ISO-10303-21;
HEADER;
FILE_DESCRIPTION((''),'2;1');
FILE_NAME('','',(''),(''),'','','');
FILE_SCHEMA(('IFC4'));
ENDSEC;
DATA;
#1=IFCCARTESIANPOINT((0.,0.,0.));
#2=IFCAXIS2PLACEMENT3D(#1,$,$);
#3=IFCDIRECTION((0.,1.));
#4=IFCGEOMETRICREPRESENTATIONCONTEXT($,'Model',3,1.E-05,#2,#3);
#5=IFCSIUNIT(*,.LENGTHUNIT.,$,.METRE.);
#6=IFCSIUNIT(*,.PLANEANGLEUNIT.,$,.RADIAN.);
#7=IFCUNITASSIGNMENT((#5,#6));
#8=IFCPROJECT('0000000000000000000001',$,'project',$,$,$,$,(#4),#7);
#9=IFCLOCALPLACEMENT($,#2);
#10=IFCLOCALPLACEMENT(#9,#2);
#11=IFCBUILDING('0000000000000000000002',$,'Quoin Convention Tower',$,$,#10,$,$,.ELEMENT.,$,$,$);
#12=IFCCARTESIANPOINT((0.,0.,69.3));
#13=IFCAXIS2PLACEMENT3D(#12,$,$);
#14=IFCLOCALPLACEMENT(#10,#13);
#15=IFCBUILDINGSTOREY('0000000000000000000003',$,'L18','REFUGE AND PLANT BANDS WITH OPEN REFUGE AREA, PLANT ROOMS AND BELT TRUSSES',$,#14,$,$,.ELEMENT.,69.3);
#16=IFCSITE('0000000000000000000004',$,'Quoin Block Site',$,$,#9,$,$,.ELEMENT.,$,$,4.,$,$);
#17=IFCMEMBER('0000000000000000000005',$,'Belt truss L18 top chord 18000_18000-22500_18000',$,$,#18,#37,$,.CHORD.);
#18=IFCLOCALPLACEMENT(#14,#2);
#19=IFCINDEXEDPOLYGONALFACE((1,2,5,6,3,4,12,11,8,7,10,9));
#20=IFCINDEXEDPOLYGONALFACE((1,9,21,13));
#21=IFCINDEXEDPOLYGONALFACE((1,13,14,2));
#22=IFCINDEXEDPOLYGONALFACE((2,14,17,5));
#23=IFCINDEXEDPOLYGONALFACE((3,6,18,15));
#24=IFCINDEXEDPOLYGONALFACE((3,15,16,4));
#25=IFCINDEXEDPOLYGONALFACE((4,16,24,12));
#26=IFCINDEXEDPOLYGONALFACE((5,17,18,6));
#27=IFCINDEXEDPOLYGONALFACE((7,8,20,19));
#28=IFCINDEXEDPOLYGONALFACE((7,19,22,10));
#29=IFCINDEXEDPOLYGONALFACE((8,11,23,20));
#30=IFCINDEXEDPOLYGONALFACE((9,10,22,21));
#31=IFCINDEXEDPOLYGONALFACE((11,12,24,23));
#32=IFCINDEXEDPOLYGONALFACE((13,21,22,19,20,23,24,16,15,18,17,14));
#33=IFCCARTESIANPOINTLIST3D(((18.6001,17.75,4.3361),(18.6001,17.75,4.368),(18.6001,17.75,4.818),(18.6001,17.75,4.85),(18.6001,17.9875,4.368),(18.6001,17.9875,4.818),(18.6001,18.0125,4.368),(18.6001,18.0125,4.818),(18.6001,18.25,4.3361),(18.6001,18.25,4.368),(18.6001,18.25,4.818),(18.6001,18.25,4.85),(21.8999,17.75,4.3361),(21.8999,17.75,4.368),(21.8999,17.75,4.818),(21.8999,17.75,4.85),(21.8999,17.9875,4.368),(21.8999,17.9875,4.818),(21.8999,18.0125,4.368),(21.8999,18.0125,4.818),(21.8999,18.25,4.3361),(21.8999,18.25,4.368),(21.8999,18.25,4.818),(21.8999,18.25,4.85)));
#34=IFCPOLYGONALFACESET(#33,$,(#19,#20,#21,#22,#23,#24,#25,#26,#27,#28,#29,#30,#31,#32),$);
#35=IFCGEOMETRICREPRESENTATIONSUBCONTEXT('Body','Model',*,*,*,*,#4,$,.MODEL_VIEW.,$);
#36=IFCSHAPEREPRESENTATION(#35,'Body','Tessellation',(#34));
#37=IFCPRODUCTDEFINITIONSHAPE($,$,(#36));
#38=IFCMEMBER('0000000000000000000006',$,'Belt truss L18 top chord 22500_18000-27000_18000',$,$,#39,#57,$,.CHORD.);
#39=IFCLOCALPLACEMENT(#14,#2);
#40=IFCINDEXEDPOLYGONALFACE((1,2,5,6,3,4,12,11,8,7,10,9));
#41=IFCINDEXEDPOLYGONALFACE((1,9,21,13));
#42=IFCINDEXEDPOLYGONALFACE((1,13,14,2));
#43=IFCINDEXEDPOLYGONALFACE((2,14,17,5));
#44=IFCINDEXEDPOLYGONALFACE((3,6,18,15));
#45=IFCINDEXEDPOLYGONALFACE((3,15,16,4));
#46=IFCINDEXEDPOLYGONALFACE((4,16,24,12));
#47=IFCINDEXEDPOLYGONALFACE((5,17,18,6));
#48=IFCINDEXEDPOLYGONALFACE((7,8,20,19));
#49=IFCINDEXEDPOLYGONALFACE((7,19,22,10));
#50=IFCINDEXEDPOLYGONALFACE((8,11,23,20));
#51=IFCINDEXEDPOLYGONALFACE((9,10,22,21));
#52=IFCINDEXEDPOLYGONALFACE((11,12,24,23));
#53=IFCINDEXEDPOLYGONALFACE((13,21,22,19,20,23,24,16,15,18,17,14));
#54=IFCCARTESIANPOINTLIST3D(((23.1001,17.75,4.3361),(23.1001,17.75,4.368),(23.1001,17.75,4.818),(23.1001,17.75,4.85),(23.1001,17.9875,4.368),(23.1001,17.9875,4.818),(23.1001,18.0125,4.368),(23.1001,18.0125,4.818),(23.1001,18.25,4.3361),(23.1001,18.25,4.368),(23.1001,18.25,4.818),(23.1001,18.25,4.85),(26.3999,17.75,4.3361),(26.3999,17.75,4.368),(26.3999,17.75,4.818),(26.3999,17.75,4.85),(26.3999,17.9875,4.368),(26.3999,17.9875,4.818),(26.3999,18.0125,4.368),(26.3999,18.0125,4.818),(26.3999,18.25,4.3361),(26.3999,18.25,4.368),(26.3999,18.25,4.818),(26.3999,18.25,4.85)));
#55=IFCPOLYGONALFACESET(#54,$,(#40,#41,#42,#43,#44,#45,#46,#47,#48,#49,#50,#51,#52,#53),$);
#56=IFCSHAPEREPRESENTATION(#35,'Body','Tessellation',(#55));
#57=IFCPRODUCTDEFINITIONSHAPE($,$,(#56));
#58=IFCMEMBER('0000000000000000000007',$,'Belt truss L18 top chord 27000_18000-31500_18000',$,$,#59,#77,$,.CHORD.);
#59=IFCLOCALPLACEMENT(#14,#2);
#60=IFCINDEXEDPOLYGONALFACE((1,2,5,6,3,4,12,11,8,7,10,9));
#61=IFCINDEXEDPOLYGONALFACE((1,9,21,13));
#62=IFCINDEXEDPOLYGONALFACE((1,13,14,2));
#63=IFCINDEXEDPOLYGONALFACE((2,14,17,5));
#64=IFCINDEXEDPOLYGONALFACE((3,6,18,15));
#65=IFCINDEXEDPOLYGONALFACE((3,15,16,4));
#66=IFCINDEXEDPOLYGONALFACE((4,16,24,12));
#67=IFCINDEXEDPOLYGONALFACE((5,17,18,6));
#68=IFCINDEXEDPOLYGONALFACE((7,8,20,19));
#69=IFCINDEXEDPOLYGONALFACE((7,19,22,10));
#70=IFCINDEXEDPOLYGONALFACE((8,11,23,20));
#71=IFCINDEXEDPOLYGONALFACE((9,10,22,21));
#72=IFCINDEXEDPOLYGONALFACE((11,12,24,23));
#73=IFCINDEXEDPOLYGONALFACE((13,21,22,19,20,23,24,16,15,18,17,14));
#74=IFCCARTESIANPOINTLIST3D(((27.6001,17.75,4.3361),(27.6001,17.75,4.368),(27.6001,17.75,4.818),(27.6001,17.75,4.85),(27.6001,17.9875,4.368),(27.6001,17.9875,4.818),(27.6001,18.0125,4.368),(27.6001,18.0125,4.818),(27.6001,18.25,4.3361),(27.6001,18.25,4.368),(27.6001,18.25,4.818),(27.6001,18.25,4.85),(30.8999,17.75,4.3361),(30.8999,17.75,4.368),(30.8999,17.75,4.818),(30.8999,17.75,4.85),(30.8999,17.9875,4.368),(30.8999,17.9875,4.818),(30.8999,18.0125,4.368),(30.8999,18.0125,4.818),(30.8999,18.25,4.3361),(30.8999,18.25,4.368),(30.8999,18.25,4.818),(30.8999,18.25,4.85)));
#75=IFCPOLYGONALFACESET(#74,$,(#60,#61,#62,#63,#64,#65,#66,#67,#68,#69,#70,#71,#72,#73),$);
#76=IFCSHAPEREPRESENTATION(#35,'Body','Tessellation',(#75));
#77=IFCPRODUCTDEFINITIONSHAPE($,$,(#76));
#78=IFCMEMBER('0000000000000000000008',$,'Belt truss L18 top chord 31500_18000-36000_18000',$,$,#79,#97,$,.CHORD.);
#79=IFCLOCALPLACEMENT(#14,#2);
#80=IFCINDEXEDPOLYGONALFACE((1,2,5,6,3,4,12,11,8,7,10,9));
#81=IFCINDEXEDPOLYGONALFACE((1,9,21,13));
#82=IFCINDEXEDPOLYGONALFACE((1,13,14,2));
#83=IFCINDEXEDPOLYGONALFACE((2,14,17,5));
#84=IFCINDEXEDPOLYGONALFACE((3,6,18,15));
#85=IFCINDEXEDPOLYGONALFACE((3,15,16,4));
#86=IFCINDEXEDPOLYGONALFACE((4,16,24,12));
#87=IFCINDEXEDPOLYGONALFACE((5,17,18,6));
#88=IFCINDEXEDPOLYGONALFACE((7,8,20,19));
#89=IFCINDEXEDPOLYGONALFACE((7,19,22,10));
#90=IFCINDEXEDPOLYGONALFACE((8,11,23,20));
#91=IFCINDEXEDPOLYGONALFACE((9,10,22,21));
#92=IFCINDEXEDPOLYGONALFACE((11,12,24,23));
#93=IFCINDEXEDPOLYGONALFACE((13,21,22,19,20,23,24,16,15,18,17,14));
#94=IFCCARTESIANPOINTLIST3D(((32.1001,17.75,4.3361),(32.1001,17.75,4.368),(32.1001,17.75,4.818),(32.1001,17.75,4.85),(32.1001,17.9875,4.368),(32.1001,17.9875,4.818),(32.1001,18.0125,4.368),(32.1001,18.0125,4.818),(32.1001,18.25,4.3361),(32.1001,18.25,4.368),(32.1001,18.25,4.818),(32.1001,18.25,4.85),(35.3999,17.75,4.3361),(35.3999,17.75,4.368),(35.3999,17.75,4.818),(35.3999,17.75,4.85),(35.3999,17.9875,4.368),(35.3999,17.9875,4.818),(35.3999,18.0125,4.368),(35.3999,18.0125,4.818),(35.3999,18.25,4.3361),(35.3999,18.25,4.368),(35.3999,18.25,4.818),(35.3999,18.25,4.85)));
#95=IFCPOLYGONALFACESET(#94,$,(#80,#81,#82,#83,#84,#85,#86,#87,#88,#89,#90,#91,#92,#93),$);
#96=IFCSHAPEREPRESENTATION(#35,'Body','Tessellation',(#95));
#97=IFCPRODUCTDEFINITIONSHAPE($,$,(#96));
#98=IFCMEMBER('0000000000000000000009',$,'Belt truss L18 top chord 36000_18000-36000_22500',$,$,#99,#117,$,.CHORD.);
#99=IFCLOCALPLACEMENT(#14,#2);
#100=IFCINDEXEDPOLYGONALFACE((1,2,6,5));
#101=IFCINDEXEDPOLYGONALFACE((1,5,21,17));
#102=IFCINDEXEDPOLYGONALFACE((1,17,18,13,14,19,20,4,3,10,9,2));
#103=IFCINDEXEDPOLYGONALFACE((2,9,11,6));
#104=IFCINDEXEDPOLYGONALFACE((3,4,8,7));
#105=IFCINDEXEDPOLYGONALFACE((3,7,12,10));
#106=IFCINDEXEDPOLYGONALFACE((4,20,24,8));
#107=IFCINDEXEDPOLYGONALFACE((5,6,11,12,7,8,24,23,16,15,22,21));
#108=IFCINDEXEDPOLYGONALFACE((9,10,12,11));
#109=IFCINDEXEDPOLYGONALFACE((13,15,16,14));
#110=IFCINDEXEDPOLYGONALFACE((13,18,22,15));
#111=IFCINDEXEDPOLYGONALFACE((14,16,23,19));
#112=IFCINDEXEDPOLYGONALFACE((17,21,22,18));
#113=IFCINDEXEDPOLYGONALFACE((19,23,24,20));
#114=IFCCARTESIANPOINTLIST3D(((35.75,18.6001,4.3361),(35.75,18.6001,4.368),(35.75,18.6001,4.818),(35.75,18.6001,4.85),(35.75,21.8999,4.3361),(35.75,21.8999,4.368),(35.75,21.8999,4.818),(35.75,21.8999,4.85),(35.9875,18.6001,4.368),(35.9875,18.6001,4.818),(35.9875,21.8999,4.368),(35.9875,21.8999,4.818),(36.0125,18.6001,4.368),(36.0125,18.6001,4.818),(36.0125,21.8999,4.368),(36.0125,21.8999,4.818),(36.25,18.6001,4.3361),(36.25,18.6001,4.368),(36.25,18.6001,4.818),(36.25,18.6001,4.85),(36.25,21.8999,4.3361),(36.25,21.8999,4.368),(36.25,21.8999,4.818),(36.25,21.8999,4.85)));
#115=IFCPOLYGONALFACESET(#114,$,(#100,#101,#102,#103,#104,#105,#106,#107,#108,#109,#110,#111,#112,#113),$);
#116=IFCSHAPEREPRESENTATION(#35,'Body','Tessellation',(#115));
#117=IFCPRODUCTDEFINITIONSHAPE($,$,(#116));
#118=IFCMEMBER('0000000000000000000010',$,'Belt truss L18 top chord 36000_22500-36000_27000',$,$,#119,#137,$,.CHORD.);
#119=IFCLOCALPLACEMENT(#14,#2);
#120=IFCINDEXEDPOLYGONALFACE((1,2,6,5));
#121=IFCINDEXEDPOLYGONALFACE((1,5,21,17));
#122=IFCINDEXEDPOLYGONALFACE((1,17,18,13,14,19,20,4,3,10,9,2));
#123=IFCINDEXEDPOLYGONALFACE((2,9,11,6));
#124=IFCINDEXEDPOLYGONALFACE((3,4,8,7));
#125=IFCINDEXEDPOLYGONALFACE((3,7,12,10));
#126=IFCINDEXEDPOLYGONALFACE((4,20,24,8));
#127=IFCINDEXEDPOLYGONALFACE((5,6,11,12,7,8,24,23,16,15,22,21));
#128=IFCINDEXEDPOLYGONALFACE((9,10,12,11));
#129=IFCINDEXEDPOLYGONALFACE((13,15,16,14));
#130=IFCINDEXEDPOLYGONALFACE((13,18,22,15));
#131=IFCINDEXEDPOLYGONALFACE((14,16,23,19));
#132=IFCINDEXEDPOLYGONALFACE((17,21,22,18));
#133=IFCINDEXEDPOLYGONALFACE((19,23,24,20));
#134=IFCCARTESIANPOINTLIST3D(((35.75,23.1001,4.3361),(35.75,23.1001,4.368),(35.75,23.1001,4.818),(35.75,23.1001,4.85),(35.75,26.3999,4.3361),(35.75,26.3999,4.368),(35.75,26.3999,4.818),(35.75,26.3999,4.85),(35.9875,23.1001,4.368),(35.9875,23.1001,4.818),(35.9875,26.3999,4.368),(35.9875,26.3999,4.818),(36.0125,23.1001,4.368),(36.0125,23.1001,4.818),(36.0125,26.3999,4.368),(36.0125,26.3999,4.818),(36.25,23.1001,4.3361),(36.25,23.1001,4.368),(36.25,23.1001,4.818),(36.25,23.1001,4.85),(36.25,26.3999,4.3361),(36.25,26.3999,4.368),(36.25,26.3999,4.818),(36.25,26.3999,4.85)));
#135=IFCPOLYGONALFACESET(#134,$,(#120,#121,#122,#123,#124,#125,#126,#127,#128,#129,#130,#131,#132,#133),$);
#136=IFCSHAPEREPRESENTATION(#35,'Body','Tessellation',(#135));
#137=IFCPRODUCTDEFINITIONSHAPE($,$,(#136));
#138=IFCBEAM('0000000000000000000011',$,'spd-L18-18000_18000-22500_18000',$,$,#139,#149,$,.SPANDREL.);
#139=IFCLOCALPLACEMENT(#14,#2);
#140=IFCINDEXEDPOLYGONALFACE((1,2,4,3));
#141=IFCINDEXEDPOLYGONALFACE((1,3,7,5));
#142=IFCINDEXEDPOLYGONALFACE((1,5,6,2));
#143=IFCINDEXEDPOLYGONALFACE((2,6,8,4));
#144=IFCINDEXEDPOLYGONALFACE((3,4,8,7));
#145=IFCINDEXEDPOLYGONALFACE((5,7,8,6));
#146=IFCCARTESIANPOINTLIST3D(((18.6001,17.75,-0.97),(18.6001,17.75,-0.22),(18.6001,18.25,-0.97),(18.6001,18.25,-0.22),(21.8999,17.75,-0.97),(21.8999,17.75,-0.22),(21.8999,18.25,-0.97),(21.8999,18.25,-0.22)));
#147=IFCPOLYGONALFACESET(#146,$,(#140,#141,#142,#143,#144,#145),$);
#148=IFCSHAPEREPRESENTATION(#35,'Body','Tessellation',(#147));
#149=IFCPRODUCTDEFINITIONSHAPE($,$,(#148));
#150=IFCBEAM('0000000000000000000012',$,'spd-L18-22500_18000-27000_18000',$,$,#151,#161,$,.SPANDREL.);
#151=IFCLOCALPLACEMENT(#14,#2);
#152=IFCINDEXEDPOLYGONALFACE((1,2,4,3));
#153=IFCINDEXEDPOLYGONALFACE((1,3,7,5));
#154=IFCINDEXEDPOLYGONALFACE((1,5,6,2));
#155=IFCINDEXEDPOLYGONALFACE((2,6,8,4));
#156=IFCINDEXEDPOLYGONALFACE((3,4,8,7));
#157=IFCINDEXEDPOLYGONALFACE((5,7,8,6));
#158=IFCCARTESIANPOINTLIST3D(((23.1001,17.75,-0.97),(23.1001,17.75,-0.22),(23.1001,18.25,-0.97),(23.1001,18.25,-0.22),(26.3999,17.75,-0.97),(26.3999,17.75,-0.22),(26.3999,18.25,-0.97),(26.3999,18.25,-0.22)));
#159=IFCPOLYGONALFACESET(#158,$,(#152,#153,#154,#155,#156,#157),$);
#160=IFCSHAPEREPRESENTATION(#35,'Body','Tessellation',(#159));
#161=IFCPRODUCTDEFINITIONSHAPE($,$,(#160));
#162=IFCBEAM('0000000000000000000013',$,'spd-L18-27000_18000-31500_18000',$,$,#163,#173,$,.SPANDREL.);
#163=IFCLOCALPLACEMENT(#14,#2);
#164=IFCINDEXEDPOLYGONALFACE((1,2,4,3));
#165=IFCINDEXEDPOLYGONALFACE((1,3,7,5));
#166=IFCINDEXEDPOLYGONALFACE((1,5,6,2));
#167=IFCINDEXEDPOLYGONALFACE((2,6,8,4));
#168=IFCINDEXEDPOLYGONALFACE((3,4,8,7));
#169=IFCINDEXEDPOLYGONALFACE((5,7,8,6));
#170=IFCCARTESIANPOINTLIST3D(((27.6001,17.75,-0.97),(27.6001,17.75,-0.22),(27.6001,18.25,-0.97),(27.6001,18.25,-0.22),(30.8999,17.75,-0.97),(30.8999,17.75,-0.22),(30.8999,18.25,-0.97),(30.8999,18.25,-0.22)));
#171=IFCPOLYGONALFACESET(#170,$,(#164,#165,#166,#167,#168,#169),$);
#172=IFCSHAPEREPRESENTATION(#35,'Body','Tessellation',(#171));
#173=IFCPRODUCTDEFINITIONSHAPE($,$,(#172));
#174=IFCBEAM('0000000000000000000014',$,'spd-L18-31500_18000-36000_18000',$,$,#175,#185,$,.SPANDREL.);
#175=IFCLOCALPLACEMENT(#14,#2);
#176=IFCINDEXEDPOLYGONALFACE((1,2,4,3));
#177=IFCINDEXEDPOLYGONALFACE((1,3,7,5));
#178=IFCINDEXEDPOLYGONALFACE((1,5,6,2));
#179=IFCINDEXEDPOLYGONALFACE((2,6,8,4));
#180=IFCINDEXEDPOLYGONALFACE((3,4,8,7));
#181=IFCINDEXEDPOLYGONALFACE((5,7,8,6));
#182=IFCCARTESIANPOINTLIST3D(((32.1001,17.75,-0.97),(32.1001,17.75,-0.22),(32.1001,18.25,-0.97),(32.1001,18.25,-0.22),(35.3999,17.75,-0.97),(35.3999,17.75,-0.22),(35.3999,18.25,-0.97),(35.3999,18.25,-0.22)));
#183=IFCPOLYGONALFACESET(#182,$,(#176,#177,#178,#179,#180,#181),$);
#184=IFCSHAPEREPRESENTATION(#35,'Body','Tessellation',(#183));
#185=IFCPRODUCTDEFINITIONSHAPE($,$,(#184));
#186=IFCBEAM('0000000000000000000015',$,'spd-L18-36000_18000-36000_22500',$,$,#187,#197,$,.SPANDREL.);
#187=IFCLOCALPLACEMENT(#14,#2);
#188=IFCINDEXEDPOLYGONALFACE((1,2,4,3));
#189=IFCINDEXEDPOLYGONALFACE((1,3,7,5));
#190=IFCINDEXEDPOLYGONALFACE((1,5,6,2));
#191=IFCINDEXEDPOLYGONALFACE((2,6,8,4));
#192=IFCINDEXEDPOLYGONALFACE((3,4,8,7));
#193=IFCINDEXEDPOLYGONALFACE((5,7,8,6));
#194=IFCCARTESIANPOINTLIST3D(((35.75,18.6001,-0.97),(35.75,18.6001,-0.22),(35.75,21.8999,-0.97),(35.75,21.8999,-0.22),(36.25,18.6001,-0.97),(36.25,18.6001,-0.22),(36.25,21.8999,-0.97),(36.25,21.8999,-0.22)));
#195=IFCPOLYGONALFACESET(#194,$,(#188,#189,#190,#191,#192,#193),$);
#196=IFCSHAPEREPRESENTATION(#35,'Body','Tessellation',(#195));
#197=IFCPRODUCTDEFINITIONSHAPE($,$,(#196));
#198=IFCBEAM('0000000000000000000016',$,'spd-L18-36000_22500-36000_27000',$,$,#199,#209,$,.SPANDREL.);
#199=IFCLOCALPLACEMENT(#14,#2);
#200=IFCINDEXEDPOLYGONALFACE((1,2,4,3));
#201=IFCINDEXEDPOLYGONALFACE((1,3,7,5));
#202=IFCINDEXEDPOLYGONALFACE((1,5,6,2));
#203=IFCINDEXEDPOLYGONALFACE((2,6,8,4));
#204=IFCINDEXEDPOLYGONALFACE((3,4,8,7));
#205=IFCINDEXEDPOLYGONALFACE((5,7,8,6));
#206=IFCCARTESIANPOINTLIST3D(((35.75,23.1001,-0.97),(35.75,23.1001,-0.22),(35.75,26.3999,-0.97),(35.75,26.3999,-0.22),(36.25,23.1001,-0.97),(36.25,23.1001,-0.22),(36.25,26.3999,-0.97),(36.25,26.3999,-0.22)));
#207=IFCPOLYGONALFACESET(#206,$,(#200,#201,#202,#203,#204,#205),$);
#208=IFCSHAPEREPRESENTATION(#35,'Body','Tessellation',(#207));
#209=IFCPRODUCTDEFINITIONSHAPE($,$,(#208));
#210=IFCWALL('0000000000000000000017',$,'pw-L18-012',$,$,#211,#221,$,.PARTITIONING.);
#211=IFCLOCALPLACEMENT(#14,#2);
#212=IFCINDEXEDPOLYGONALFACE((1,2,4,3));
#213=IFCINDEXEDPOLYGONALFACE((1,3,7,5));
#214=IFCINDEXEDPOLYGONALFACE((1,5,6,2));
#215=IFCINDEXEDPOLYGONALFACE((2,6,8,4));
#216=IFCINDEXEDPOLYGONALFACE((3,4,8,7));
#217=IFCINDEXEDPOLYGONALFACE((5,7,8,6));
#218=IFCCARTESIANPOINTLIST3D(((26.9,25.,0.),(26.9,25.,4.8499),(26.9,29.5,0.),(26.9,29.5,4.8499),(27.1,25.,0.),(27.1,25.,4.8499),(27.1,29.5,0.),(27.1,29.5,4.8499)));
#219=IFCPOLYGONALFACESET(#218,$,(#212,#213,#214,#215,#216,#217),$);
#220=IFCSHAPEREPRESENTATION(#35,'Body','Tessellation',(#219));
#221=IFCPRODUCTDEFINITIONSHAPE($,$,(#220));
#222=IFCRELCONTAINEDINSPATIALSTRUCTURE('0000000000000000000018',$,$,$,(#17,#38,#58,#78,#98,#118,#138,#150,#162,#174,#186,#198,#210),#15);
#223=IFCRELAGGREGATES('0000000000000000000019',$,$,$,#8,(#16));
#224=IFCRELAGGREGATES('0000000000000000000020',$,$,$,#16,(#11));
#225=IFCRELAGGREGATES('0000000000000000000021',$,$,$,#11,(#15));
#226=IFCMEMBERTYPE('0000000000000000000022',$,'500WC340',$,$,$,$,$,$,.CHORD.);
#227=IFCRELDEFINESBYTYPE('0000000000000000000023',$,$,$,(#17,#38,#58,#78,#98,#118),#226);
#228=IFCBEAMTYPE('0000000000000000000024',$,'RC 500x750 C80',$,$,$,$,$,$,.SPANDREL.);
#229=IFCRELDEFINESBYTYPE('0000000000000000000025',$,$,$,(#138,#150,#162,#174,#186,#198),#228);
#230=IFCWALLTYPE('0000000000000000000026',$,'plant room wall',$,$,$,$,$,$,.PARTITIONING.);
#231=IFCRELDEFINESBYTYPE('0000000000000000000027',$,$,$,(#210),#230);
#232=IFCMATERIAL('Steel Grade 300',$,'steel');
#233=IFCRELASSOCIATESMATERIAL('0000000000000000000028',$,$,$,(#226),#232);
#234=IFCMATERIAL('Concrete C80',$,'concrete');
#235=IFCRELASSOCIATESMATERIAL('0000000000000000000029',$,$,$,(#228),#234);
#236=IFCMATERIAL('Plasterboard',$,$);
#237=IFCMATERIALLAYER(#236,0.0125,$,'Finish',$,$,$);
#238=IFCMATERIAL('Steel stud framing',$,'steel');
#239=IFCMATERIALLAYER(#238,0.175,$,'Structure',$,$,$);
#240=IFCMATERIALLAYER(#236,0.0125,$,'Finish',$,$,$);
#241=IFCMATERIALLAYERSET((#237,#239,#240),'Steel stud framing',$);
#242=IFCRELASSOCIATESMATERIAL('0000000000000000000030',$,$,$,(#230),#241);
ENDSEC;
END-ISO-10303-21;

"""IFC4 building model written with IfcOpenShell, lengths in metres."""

from ifc_helpers import new_model, si_unit, direction, frame, frame_2d, origin, origin_2d, place, context, subcontext, project, spatial, rectangle, i_section, extrude, material, layer, layer_set, material_profile, profile_set, type_object, element, save


model = new_model("IFC4")

# Units and contexts
model_context = context("Model", 3, precision=1e-05, world=origin(), true_north=direction((0.0, 1.0)))
body_context = subcontext(model_context, "Body", "Model", "MODEL_VIEW")
ifc_project = project(units=[si_unit("LENGTHUNIT", "METRE"), si_unit("PLANEANGLEUNIT", "RADIAN")], contexts=[model_context])

# Site, building, storey
site_placement = place(None, origin())
site = spatial("IfcSite", under=ifc_project, at=site_placement, Name="Quoin Block Site", CompositionType="ELEMENT", RefElevation=4.0)
building_placement = place(site_placement, origin())
building = spatial("IfcBuilding", under=site, at=building_placement, Name="Quoin Convention Tower", CompositionType="ELEMENT")
storey_placement = place(building_placement, frame((0.0, 0.0, 69.3)))
storey = spatial("IfcBuildingStorey", under=building, at=storey_placement, Name="L18", Description="REFUGE AND PLANT BANDS WITH OPEN REFUGE AREA, PLANT ROOMS AND BELT TRUSSES", CompositionType="ELEMENT", Elevation=69.3)

# Shared definitions
ifc_material_1 = material(Name="Concrete C80", Category="concrete")

# Members
ifc_material_2 = material(Name="Steel Grade 300", Category="steel")
ifc_material_profile_1 = material_profile(ifc_material_2, i_section(OverallWidth=0.5, OverallDepth=0.5139, WebThickness=0.0249, FlangeThickness=0.032, at=origin_2d()), Name="500WC340")
ifc_profile_set_1 = profile_set([ifc_material_profile_1], Name="Steel Grade 300")
member_type_1 = type_object("IfcMemberType", Name="500WC340", PredefinedType="CHORD", material=ifc_profile_set_1)
for number, where, z_axis, x_axis, name in (
    (1, (18.6001, 18.0, 4.593), (1.0, 0.0, 0.0), (0.0, 1.0, 0.0), "Belt truss L18 top chord 18000_18000-22500_18000"),
    (2, (23.1001, 18.0, 4.593), (1.0, 0.0, 0.0), (0.0, 1.0, 0.0), "Belt truss L18 top chord 22500_18000-27000_18000"),
    (3, (27.6001, 18.0, 4.593), (1.0, 0.0, 0.0), (0.0, 1.0, 0.0), "Belt truss L18 top chord 27000_18000-31500_18000"),
    (4, (32.1001, 18.0, 4.593), (1.0, 0.0, 0.0), (0.0, 1.0, 0.0), "Belt truss L18 top chord 31500_18000-36000_18000"),
    (5, (36.0, 18.6001, 4.593), (0.0, 1.0, 0.0), (-1.0, 0.0, 0.0), "Belt truss L18 top chord 36000_18000-36000_22500"),
    (6, (36.0, 23.1001, 4.593), (0.0, 1.0, 0.0), (-1.0, 0.0, 0.0), "Belt truss L18 top chord 36000_22500-36000_27000"),
):
    element("IfcMember", number, at=place(storey_placement, frame(where, z_axis=z_axis, x_axis=x_axis)), inside=storey, type_object=member_type_1, Name=name, PredefinedType="CHORD", context=body_context, shape_type="SweptSolid", body=[
        extrude(i_section(OverallWidth=0.5, OverallDepth=0.5139, WebThickness=0.0249, FlangeThickness=0.032, at=origin_2d()), origin(), (0.0, 0.0, 1.0), 3.2998),
    ])

# Beams
ifc_material_profile_2 = material_profile(ifc_material_1, rectangle(XDim=0.5, YDim=0.75, at=origin_2d()), Name="RC 500x750")
ifc_profile_set_2 = profile_set([ifc_material_profile_2], Name="Concrete C80")
beam_type = type_object("IfcBeamType", Name="RC 500x750 C80", PredefinedType="SPANDREL", material=ifc_profile_set_2)
for number, where, z_axis, x_axis, name in (
    (7, (18.6001, 18.0, -0.595), (1.0, 0.0, 0.0), (0.0, 1.0, 0.0), "spd-L18-18000_18000-22500_18000"),
    (8, (23.1001, 18.0, -0.595), (1.0, 0.0, 0.0), (0.0, 1.0, 0.0), "spd-L18-22500_18000-27000_18000"),
    (9, (27.6001, 18.0, -0.595), (1.0, 0.0, 0.0), (0.0, 1.0, 0.0), "spd-L18-27000_18000-31500_18000"),
    (10, (32.1001, 18.0, -0.595), (1.0, 0.0, 0.0), (0.0, 1.0, 0.0), "spd-L18-31500_18000-36000_18000"),
    (11, (36.0, 18.6001, -0.595), (0.0, 1.0, 0.0), (-1.0, 0.0, 0.0), "spd-L18-36000_18000-36000_22500"),
    (12, (36.0, 23.1001, -0.595), (0.0, 1.0, 0.0), (-1.0, 0.0, 0.0), "spd-L18-36000_22500-36000_27000"),
):
    element("IfcBeam", number, at=place(storey_placement, frame(where, z_axis=z_axis, x_axis=x_axis)), inside=storey, type_object=beam_type, Name=name, PredefinedType="SPANDREL", context=body_context, shape_type="SweptSolid", body=[
        extrude(rectangle(XDim=0.5, YDim=0.75, at=origin_2d()), origin(), (0.0, 0.0, 1.0), 3.2998),
    ])

# Wall
ifc_material_3 = material(Name="Plasterboard")
ifc_layer_1 = layer(ifc_material_3, 0.0125, Name="Finish")
ifc_material_4 = material(Name="Steel stud framing", Category="steel")
ifc_layer_2 = layer(ifc_material_4, 0.175, Name="Structure")
ifc_layer_3 = layer(ifc_material_3, 0.0125, Name="Finish")
ifc_layer_set_1 = layer_set([ifc_layer_1, ifc_layer_2, ifc_layer_3], Name="Steel stud framing")
wall_type_1 = type_object("IfcWallType", Name="plant room wall", PredefinedType="PARTITIONING", material=ifc_layer_set_1)
for number, where, z_axis, x_axis, name in (
    (13, (27.0, 25.0, 0.0), (0.0, 0.0, 1.0), (0.0, 1.0, 0.0), "pw-L18-012"),
):
    element("IfcWall", number, at=place(storey_placement, frame(where, z_axis=z_axis, x_axis=x_axis)), inside=storey, type_object=wall_type_1, Name=name, PredefinedType="PARTITIONING", context=body_context, shape_type="SweptSolid", body=[
        extrude(rectangle(XDim=4.5, YDim=0.2, at=frame_2d((2.25, 0.0))), origin(), (0.0, 0.0, 1.0), 4.8499),
    ])

save(model, "model.ifc")
